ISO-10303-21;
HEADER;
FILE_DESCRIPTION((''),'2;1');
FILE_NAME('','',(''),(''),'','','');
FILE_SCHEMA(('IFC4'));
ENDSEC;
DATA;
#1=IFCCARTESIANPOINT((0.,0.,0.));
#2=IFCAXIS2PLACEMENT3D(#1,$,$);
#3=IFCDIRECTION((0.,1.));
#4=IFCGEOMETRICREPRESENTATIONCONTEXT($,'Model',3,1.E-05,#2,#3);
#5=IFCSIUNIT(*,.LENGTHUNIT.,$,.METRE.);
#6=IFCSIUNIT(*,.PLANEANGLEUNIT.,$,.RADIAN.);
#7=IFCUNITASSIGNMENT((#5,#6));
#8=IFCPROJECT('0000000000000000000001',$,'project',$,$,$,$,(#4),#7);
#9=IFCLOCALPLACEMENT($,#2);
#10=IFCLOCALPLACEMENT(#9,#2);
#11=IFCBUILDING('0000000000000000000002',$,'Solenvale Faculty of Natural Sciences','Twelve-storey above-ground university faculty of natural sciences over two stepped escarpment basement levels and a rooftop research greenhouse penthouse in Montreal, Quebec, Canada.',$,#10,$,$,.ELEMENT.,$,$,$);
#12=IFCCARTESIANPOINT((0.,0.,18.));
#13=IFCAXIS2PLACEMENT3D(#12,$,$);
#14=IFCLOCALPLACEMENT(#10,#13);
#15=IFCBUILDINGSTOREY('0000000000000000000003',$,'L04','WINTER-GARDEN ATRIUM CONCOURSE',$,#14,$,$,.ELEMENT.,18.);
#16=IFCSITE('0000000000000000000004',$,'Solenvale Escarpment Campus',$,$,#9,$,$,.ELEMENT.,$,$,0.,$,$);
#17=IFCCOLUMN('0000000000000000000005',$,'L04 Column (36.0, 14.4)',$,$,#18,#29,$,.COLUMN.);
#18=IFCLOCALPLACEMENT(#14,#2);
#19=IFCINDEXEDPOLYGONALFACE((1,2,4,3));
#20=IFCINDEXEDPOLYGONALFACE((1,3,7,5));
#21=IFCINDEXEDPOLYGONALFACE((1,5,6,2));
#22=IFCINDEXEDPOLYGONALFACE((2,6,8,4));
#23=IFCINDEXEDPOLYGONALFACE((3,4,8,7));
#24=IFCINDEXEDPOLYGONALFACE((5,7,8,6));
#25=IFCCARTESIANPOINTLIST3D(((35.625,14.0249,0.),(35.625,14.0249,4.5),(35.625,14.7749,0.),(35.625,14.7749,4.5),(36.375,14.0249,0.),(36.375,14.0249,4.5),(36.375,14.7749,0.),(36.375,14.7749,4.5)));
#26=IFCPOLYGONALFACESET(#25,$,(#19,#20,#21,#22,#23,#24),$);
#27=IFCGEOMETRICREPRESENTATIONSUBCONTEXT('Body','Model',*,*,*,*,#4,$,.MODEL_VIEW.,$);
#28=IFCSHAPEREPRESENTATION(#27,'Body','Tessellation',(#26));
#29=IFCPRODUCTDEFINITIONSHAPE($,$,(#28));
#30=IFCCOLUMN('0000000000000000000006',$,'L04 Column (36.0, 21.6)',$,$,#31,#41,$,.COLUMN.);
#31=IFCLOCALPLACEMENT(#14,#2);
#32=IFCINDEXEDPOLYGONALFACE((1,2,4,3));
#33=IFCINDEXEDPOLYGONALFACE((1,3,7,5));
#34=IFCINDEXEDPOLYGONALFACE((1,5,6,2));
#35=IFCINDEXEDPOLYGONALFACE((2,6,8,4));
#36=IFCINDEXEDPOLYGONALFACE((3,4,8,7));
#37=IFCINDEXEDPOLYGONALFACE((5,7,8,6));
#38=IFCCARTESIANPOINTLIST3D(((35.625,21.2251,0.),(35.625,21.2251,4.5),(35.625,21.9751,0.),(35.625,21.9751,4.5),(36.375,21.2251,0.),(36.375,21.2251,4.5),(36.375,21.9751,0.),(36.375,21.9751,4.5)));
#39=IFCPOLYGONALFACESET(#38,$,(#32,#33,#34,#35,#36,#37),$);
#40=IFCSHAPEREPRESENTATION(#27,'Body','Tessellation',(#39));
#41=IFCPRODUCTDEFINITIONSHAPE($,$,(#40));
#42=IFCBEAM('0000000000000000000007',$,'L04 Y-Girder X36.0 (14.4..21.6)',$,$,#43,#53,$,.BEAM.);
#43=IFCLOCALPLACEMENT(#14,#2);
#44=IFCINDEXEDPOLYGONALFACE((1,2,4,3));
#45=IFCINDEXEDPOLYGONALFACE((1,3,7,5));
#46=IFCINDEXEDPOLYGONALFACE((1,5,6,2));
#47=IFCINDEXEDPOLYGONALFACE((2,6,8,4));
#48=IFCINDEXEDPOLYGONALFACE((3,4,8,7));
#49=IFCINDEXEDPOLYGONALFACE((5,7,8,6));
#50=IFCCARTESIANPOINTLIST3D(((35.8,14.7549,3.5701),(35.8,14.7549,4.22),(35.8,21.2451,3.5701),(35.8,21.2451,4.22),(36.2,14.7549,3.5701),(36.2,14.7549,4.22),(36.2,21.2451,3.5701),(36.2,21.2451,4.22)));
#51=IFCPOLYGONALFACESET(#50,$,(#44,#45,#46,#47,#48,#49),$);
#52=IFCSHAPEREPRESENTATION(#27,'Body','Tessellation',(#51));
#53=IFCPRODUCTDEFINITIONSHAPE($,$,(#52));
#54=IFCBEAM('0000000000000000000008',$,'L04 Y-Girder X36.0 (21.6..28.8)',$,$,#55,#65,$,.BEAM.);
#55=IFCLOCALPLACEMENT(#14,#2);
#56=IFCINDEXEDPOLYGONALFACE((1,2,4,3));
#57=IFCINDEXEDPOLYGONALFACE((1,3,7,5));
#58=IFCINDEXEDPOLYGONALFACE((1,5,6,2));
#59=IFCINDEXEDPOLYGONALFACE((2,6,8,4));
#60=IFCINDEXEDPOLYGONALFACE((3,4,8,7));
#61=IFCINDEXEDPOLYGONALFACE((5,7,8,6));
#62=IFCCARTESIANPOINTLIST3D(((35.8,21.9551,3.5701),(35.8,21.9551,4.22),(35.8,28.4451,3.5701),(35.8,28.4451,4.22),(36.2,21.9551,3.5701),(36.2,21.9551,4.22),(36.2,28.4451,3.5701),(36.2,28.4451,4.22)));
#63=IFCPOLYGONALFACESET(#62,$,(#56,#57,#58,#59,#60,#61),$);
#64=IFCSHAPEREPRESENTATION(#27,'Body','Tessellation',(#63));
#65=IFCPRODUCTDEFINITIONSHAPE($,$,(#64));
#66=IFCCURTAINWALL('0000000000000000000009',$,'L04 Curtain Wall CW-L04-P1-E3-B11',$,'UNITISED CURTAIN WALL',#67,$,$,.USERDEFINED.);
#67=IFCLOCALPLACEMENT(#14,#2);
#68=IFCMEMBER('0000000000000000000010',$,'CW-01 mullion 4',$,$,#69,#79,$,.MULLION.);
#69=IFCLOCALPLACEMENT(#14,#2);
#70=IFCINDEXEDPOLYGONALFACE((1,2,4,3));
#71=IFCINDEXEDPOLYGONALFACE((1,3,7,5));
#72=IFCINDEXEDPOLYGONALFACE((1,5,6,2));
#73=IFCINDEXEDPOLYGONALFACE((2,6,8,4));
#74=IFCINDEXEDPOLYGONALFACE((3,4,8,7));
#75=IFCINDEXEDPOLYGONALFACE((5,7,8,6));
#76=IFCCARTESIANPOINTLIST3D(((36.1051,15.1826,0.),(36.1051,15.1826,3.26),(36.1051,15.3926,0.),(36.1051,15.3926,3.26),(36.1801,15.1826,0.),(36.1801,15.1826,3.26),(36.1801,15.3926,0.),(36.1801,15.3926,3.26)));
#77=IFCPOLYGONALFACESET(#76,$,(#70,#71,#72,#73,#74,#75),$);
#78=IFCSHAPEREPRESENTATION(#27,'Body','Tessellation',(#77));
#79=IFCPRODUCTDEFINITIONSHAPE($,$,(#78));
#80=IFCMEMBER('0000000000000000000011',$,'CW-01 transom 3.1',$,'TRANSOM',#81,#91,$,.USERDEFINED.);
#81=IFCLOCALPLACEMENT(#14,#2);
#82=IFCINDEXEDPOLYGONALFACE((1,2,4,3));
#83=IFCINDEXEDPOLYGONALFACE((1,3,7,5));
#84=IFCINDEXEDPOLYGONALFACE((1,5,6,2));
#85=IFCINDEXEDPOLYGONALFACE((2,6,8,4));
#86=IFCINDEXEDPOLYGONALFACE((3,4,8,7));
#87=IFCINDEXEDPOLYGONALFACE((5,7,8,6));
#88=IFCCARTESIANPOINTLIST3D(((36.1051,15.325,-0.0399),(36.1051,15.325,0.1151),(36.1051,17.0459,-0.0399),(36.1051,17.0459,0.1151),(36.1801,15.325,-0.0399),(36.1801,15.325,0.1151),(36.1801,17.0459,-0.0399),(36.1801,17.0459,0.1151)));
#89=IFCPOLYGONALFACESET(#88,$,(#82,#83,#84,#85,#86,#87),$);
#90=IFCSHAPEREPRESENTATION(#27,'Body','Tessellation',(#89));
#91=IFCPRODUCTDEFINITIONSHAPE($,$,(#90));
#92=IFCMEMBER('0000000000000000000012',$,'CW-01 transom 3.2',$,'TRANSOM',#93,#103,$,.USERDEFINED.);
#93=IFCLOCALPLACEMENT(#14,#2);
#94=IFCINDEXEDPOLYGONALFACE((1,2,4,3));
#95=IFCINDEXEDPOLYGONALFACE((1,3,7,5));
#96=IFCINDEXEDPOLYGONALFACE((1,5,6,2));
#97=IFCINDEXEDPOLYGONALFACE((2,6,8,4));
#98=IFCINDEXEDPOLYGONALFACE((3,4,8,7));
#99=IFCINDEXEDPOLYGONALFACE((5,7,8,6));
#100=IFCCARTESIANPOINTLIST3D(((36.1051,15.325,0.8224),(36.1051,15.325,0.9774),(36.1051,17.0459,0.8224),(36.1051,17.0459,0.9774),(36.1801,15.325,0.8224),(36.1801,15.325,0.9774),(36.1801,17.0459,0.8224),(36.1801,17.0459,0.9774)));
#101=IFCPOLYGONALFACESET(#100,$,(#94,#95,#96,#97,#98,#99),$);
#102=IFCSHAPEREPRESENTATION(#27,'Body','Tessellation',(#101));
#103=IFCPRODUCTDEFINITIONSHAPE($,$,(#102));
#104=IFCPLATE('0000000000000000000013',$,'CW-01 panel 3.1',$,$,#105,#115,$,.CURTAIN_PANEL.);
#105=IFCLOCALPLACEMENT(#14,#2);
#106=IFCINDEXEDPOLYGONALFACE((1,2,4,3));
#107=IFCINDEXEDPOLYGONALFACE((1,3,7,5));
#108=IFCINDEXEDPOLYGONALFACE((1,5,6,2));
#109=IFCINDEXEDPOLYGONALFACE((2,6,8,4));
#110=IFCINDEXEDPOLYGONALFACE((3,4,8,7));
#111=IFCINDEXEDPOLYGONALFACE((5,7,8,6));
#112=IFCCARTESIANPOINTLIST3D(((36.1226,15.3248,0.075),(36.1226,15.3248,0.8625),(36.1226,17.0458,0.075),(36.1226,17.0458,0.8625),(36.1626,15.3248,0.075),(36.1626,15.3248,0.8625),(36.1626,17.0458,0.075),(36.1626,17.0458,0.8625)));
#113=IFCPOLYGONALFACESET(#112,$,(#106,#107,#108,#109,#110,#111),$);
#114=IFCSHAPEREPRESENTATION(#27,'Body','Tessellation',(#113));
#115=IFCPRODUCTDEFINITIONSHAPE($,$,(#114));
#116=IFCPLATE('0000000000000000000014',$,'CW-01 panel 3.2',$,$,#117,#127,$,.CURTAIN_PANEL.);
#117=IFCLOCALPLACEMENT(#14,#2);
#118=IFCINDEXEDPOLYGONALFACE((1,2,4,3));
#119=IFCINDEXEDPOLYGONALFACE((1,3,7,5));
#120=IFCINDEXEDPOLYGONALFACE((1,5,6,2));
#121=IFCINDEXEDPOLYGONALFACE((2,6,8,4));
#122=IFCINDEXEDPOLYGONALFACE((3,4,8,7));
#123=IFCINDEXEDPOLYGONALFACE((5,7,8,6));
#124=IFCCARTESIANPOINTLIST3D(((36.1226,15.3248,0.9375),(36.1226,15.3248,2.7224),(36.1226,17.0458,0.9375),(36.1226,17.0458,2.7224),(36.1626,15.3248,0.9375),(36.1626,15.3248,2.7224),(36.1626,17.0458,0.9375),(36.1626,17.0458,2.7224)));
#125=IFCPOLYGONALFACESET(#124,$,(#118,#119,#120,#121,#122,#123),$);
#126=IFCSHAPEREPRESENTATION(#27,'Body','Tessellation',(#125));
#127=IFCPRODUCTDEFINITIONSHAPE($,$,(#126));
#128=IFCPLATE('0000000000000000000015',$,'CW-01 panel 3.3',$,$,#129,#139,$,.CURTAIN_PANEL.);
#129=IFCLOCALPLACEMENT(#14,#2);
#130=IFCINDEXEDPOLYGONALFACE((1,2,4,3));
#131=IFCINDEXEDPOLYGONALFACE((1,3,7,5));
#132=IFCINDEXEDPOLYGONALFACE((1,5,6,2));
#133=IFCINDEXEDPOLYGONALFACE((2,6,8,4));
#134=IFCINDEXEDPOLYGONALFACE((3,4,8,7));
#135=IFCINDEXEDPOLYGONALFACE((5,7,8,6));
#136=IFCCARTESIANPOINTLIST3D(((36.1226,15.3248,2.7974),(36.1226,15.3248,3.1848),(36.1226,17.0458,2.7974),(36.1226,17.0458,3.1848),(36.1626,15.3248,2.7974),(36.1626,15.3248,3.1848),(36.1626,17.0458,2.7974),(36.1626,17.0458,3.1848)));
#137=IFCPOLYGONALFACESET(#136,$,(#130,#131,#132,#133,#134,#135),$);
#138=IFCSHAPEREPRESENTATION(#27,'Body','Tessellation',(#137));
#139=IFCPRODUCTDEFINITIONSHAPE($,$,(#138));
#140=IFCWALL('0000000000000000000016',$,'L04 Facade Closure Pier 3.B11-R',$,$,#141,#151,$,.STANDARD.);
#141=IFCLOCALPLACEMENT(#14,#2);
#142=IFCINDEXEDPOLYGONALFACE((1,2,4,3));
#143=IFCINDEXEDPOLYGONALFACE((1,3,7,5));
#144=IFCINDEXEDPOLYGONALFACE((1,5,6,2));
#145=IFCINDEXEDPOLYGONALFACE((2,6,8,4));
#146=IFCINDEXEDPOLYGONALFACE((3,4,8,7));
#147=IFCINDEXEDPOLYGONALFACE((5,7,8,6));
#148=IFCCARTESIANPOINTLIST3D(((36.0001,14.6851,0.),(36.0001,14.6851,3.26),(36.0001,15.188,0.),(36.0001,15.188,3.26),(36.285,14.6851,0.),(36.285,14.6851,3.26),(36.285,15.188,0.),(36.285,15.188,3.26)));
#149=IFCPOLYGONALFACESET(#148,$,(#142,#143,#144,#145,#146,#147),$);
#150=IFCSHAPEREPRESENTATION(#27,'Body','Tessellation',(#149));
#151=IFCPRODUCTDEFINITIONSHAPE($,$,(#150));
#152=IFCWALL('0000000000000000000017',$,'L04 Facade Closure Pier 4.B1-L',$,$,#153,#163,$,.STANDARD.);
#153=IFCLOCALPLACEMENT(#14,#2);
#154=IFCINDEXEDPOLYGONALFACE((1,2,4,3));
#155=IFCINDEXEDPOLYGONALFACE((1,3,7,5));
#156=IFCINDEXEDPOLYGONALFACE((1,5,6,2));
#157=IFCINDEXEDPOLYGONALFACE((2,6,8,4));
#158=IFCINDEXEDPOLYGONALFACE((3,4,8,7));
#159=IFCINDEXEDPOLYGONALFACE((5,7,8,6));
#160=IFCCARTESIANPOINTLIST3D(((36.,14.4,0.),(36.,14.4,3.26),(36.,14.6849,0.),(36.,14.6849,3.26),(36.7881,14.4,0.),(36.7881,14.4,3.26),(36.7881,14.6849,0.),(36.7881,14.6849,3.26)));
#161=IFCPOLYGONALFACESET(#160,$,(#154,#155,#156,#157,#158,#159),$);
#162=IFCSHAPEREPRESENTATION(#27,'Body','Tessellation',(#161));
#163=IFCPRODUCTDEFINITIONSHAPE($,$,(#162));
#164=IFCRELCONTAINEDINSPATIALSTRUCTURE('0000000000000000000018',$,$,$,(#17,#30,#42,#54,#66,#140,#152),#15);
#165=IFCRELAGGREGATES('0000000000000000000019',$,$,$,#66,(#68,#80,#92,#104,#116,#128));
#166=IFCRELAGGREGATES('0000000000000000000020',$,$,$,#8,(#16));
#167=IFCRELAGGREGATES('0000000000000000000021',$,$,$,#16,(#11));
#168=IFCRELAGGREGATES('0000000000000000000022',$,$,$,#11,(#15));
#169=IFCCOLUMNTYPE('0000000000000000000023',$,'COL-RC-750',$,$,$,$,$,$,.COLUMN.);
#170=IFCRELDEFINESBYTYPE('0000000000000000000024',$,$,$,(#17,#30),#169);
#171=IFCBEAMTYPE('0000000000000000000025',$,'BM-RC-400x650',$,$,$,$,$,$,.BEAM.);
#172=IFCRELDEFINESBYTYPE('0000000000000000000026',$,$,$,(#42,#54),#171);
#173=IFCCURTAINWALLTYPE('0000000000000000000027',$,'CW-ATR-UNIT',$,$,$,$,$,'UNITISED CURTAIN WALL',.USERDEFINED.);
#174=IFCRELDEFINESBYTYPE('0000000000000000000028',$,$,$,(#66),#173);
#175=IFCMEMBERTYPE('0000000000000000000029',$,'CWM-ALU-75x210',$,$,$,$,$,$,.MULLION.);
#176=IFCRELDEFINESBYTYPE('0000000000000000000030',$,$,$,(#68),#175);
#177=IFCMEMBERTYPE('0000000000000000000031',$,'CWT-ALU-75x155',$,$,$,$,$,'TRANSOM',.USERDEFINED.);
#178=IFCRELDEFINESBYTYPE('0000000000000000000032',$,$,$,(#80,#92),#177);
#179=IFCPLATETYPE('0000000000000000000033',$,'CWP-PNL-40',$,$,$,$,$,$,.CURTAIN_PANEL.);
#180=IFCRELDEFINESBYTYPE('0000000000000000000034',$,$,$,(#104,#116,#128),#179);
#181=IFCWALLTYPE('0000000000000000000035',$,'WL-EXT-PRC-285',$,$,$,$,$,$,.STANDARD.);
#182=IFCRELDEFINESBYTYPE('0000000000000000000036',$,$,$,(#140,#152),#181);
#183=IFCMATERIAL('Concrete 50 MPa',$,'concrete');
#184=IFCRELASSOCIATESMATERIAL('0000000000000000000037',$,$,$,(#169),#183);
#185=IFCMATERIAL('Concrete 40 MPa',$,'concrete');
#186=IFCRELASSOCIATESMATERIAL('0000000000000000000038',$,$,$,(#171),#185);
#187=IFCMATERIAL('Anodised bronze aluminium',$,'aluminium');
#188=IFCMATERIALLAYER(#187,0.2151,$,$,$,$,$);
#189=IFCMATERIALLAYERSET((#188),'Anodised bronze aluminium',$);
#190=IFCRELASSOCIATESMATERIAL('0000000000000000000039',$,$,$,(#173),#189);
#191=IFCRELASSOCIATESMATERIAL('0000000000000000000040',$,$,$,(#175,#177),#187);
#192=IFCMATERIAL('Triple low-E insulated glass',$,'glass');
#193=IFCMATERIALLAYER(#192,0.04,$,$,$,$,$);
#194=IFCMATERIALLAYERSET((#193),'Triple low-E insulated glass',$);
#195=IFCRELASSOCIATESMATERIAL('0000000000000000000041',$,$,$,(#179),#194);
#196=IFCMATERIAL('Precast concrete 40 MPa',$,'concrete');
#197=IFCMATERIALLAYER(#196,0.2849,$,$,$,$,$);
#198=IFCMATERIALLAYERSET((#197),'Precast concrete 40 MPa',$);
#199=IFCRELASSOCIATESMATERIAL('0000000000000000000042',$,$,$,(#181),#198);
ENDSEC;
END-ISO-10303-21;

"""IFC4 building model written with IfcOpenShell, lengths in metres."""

from ifc_helpers import new_model, si_unit, direction, frame, frame_2d, origin, origin_2d, place, context, subcontext, project, spatial, rectangle, extrude, material, layer, layer_set, material_profile, profile_set, type_object, element, aggregate, save


model = new_model("IFC4")

# Units and contexts
model_context = context("Model", 3, precision=1e-05, world=origin(), true_north=direction((0.0, 1.0)))
body_context = subcontext(model_context, "Body", "Model", "MODEL_VIEW")
ifc_project = project(units=[si_unit("LENGTHUNIT", "METRE"), si_unit("PLANEANGLEUNIT", "RADIAN")], contexts=[model_context])

# Site, building, storey
site_placement = place(None, origin())
site = spatial("IfcSite", under=ifc_project, at=site_placement, Name="Solenvale Escarpment Campus", CompositionType="ELEMENT", RefElevation=0.0)
building_placement = place(site_placement, origin())
building = spatial("IfcBuilding", under=site, at=building_placement, Name="Solenvale Faculty of Natural Sciences", Description="Twelve-storey above-ground university faculty of natural sciences over two stepped escarpment basement levels and a rooftop research greenhouse penthouse in Montreal, Quebec, Canada.", CompositionType="ELEMENT")
storey_placement = place(building_placement, frame((0.0, 0.0, 18.0)))
storey = spatial("IfcBuildingStorey", under=building, at=storey_placement, Name="L04", Description="WINTER-GARDEN ATRIUM CONCOURSE", CompositionType="ELEMENT", Elevation=18.0)

# Columns
ifc_material_1 = material(Name="Concrete 50 MPa", Category="concrete")
ifc_material_profile_1 = material_profile(ifc_material_1, rectangle(XDim=0.75, YDim=0.75, at=origin_2d()), Name="RC-COL-750x750")
ifc_profile_set_1 = profile_set([ifc_material_profile_1], Name="Concrete 50 MPa")
column_type = type_object("IfcColumnType", Name="COL-RC-750", PredefinedType="COLUMN", material=ifc_profile_set_1)
for number, where, z_axis, x_axis, name in (
    (1, (36.0, 14.3999, 0.0), (0.0, 0.0, 1.0), (1.0, 0.0, 0.0), "L04 Column (36.0, 14.4)"),
    (2, (36.0, 21.6001, 0.0), (0.0, 0.0, 1.0), (1.0, 0.0, 0.0), "L04 Column (36.0, 21.6)"),
):
    element("IfcColumn", number, at=place(storey_placement, frame(where, z_axis=z_axis, x_axis=x_axis)), inside=storey, type_object=column_type, Name=name, PredefinedType="COLUMN", context=body_context, shape_type="SweptSolid", body=[
        extrude(rectangle(XDim=0.75, YDim=0.75, at=origin_2d()), origin(), (0.0, 0.0, 1.0), 4.5),
    ])

# Beams
ifc_material_2 = material(Name="Concrete 40 MPa", Category="concrete")
ifc_material_profile_2 = material_profile(ifc_material_2, rectangle(XDim=0.3999, YDim=0.6499, at=origin_2d()), Name="RC-BM-400x650")
ifc_profile_set_2 = profile_set([ifc_material_profile_2], Name="Concrete 40 MPa")
beam_type = type_object("IfcBeamType", Name="BM-RC-400x650", PredefinedType="BEAM", material=ifc_profile_set_2)
beam_1_placement = place(storey_placement, frame((36.0, 14.7549, 3.895), z_axis=(0.0, 1.0, 0.0), x_axis=(-1.0, 0.0, 0.0)))
element("IfcBeam", 3, at=beam_1_placement, inside=storey, type_object=beam_type, Name="L04 Y-Girder X36.0 (14.4..21.6)", PredefinedType="BEAM", context=body_context, shape_type="SweptSolid", body=[
    extrude(rectangle(XDim=0.3999, YDim=0.6499, at=origin_2d()), origin(), (0.0, 0.0, 1.0), 6.4902),
])
beam_2_placement = place(storey_placement, frame((36.0, 21.9551, 3.895), z_axis=(0.0, 1.0, 0.0), x_axis=(-1.0, 0.0, 0.0)))
element("IfcBeam", 4, at=beam_2_placement, inside=storey, type_object=beam_type, Name="L04 Y-Girder X36.0 (21.6..28.8)", PredefinedType="BEAM", context=body_context, shape_type="SweptSolid", body=[
    extrude(rectangle(XDim=0.3999, YDim=0.6499, at=origin_2d()), origin(), (0.0, 0.0, 1.0), 6.49),
])

# Curtain wall, members, plates
ifc_material_3 = material(Name="Anodised bronze aluminium", Category="aluminium")
ifc_layer_1 = layer(ifc_material_3, 0.2151)
ifc_layer_set_1 = layer_set([ifc_layer_1], Name="Anodised bronze aluminium")
curtain_wall_type = type_object("IfcCurtainWallType", Name="CW-ATR-UNIT", ElementType="UNITISED CURTAIN WALL", PredefinedType="USERDEFINED", material=ifc_layer_set_1)
curtain_wall_placement = place(storey_placement, origin())
curtain_wall = element("IfcCurtainWall", 5, at=curtain_wall_placement, inside=storey, type_object=curtain_wall_type, Name="L04 Curtain Wall CW-L04-P1-E3-B11", ObjectType="UNITISED CURTAIN WALL", PredefinedType="USERDEFINED")
ifc_material_profile_3 = material_profile(ifc_material_3, rectangle(XDim=0.075, YDim=0.21, at=origin_2d()), Name="ALU-MUL-75x210")
ifc_profile_set_3 = profile_set([ifc_material_profile_3], Name="Anodised bronze aluminium")
member_type_1 = type_object("IfcMemberType", Name="CWM-ALU-75x210", PredefinedType="MULLION", material=ifc_profile_set_3)
member_1_placement = place(storey_placement, frame((36.1426, 15.2876, 0.0), z_axis=(0.0, 0.0, 1.0), x_axis=(1.0, 0.0, 0.0)))
member_1 = element("IfcMember", 6, at=member_1_placement, type_object=member_type_1, Name="CW-01 mullion 4", PredefinedType="MULLION", context=body_context, shape_type="SweptSolid", body=[
    extrude(rectangle(XDim=0.075, YDim=0.21, at=origin_2d()), origin(), (0.0, 0.0, 1.0), 3.26),
])
ifc_material_profile_4 = material_profile(ifc_material_3, rectangle(XDim=0.075, YDim=0.155, at=origin_2d()), Name="ALU-TRN-75x155")
ifc_profile_set_4 = profile_set([ifc_material_profile_4], Name="Anodised bronze aluminium")
member_type_2 = type_object("IfcMemberType", Name="CWT-ALU-75x155", ElementType="TRANSOM", PredefinedType="USERDEFINED", material=ifc_profile_set_4)
member_2_placement = place(storey_placement, frame((36.1426, 17.0459, 0.0376), z_axis=(0.0, -1.0, 0.0), x_axis=(1.0, 0.0, 0.0)))
member_2 = element("IfcMember", 7, at=member_2_placement, type_object=member_type_2, Name="CW-01 transom 3.1", ObjectType="TRANSOM", PredefinedType="USERDEFINED", context=body_context, shape_type="SweptSolid", body=[
    extrude(rectangle(XDim=0.075, YDim=0.155, at=origin_2d()), origin(), (0.0, 0.0, 1.0), 1.7209),
])
member_3_placement = place(storey_placement, frame((36.1426, 17.0459, 0.8999), z_axis=(0.0, -1.0, 0.0), x_axis=(1.0, 0.0, 0.0)))
member_3 = element("IfcMember", 8, at=member_3_placement, type_object=member_type_2, Name="CW-01 transom 3.2", ObjectType="TRANSOM", PredefinedType="USERDEFINED", context=body_context, shape_type="SweptSolid", body=[
    extrude(rectangle(XDim=0.075, YDim=0.155, at=origin_2d()), origin(), (0.0, 0.0, 1.0), 1.7209),
])
ifc_material_4 = material(Name="Triple low-E insulated glass", Category="glass")
ifc_layer_2 = layer(ifc_material_4, 0.04)
ifc_layer_set_2 = layer_set([ifc_layer_2], Name="Triple low-E insulated glass")
plate_type = type_object("IfcPlateType", Name="CWP-PNL-40", PredefinedType="CURTAIN_PANEL", material=ifc_layer_set_2)
plate_1_placement = place(storey_placement, frame((36.1426, 16.1853, 0.075), z_axis=(0.0, 0.0, 1.0), x_axis=(0.0, -1.0, 0.0)))
plate_1 = element("IfcPlate", 9, at=plate_1_placement, type_object=plate_type, Name="CW-01 panel 3.1", PredefinedType="CURTAIN_PANEL", context=body_context, shape_type="SweptSolid", body=[
    extrude(rectangle(XDim=1.7209, YDim=0.04, at=origin_2d()), origin(), (0.0, 0.0, 1.0), 0.7876),
])
plate_2_placement = place(storey_placement, frame((36.1426, 16.1853, 0.9375), z_axis=(0.0, 0.0, 1.0), x_axis=(0.0, -1.0, 0.0)))
plate_2 = element("IfcPlate", 10, at=plate_2_placement, type_object=plate_type, Name="CW-01 panel 3.2", PredefinedType="CURTAIN_PANEL", context=body_context, shape_type="SweptSolid", body=[
    extrude(rectangle(XDim=1.7209, YDim=0.04, at=origin_2d()), origin(), (0.0, 0.0, 1.0), 1.7849),
])
plate_3_placement = place(storey_placement, frame((36.1426, 16.1853, 2.7974), z_axis=(0.0, 0.0, 1.0), x_axis=(0.0, -1.0, 0.0)))
plate_3 = element("IfcPlate", 11, at=plate_3_placement, type_object=plate_type, Name="CW-01 panel 3.3", PredefinedType="CURTAIN_PANEL", context=body_context, shape_type="SweptSolid", body=[
    extrude(rectangle(XDim=1.7209, YDim=0.04, at=origin_2d()), origin(), (0.0, 0.0, 1.0), 0.3875),
])
aggregate(curtain_wall, [member_1, member_2, member_3, plate_1, plate_2, plate_3])

# Walls
ifc_material_5 = material(Name="Precast concrete 40 MPa", Category="concrete")
ifc_layer_3 = layer(ifc_material_5, 0.2849)
ifc_layer_set_3 = layer_set([ifc_layer_3], Name="Precast concrete 40 MPa")
wall_type = type_object("IfcWallType", Name="WL-EXT-PRC-285", PredefinedType="STANDARD", material=ifc_layer_set_3)
wall_1_placement = place(storey_placement, frame((36.1426, 15.188, 0.0), z_axis=(0.0, 0.0, 1.0), x_axis=(0.0, -1.0, 0.0)))
element("IfcWall", 12, at=wall_1_placement, inside=storey, type_object=wall_type, Name="L04 Facade Closure Pier 3.B11-R", PredefinedType="STANDARD", context=body_context, shape_type="SweptSolid", body=[
    extrude(rectangle(XDim=0.5029, YDim=0.2849, at=frame_2d((0.2515, 0.0))), origin(), (0.0, 0.0, 1.0), 3.26),
])
wall_2_placement = place(storey_placement, frame((36.0, 14.5425, 0.0), z_axis=(0.0, 0.0, 1.0), x_axis=(1.0, 0.0, 0.0)))
element("IfcWall", 13, at=wall_2_placement, inside=storey, type_object=wall_type, Name="L04 Facade Closure Pier 4.B1-L", PredefinedType="STANDARD", context=body_context, shape_type="SweptSolid", body=[
    extrude(rectangle(XDim=0.7881, YDim=0.2849, at=frame_2d((0.394, 0.0))), origin(), (0.0, 0.0, 1.0), 3.26),
])

save(model, "model.ifc")
